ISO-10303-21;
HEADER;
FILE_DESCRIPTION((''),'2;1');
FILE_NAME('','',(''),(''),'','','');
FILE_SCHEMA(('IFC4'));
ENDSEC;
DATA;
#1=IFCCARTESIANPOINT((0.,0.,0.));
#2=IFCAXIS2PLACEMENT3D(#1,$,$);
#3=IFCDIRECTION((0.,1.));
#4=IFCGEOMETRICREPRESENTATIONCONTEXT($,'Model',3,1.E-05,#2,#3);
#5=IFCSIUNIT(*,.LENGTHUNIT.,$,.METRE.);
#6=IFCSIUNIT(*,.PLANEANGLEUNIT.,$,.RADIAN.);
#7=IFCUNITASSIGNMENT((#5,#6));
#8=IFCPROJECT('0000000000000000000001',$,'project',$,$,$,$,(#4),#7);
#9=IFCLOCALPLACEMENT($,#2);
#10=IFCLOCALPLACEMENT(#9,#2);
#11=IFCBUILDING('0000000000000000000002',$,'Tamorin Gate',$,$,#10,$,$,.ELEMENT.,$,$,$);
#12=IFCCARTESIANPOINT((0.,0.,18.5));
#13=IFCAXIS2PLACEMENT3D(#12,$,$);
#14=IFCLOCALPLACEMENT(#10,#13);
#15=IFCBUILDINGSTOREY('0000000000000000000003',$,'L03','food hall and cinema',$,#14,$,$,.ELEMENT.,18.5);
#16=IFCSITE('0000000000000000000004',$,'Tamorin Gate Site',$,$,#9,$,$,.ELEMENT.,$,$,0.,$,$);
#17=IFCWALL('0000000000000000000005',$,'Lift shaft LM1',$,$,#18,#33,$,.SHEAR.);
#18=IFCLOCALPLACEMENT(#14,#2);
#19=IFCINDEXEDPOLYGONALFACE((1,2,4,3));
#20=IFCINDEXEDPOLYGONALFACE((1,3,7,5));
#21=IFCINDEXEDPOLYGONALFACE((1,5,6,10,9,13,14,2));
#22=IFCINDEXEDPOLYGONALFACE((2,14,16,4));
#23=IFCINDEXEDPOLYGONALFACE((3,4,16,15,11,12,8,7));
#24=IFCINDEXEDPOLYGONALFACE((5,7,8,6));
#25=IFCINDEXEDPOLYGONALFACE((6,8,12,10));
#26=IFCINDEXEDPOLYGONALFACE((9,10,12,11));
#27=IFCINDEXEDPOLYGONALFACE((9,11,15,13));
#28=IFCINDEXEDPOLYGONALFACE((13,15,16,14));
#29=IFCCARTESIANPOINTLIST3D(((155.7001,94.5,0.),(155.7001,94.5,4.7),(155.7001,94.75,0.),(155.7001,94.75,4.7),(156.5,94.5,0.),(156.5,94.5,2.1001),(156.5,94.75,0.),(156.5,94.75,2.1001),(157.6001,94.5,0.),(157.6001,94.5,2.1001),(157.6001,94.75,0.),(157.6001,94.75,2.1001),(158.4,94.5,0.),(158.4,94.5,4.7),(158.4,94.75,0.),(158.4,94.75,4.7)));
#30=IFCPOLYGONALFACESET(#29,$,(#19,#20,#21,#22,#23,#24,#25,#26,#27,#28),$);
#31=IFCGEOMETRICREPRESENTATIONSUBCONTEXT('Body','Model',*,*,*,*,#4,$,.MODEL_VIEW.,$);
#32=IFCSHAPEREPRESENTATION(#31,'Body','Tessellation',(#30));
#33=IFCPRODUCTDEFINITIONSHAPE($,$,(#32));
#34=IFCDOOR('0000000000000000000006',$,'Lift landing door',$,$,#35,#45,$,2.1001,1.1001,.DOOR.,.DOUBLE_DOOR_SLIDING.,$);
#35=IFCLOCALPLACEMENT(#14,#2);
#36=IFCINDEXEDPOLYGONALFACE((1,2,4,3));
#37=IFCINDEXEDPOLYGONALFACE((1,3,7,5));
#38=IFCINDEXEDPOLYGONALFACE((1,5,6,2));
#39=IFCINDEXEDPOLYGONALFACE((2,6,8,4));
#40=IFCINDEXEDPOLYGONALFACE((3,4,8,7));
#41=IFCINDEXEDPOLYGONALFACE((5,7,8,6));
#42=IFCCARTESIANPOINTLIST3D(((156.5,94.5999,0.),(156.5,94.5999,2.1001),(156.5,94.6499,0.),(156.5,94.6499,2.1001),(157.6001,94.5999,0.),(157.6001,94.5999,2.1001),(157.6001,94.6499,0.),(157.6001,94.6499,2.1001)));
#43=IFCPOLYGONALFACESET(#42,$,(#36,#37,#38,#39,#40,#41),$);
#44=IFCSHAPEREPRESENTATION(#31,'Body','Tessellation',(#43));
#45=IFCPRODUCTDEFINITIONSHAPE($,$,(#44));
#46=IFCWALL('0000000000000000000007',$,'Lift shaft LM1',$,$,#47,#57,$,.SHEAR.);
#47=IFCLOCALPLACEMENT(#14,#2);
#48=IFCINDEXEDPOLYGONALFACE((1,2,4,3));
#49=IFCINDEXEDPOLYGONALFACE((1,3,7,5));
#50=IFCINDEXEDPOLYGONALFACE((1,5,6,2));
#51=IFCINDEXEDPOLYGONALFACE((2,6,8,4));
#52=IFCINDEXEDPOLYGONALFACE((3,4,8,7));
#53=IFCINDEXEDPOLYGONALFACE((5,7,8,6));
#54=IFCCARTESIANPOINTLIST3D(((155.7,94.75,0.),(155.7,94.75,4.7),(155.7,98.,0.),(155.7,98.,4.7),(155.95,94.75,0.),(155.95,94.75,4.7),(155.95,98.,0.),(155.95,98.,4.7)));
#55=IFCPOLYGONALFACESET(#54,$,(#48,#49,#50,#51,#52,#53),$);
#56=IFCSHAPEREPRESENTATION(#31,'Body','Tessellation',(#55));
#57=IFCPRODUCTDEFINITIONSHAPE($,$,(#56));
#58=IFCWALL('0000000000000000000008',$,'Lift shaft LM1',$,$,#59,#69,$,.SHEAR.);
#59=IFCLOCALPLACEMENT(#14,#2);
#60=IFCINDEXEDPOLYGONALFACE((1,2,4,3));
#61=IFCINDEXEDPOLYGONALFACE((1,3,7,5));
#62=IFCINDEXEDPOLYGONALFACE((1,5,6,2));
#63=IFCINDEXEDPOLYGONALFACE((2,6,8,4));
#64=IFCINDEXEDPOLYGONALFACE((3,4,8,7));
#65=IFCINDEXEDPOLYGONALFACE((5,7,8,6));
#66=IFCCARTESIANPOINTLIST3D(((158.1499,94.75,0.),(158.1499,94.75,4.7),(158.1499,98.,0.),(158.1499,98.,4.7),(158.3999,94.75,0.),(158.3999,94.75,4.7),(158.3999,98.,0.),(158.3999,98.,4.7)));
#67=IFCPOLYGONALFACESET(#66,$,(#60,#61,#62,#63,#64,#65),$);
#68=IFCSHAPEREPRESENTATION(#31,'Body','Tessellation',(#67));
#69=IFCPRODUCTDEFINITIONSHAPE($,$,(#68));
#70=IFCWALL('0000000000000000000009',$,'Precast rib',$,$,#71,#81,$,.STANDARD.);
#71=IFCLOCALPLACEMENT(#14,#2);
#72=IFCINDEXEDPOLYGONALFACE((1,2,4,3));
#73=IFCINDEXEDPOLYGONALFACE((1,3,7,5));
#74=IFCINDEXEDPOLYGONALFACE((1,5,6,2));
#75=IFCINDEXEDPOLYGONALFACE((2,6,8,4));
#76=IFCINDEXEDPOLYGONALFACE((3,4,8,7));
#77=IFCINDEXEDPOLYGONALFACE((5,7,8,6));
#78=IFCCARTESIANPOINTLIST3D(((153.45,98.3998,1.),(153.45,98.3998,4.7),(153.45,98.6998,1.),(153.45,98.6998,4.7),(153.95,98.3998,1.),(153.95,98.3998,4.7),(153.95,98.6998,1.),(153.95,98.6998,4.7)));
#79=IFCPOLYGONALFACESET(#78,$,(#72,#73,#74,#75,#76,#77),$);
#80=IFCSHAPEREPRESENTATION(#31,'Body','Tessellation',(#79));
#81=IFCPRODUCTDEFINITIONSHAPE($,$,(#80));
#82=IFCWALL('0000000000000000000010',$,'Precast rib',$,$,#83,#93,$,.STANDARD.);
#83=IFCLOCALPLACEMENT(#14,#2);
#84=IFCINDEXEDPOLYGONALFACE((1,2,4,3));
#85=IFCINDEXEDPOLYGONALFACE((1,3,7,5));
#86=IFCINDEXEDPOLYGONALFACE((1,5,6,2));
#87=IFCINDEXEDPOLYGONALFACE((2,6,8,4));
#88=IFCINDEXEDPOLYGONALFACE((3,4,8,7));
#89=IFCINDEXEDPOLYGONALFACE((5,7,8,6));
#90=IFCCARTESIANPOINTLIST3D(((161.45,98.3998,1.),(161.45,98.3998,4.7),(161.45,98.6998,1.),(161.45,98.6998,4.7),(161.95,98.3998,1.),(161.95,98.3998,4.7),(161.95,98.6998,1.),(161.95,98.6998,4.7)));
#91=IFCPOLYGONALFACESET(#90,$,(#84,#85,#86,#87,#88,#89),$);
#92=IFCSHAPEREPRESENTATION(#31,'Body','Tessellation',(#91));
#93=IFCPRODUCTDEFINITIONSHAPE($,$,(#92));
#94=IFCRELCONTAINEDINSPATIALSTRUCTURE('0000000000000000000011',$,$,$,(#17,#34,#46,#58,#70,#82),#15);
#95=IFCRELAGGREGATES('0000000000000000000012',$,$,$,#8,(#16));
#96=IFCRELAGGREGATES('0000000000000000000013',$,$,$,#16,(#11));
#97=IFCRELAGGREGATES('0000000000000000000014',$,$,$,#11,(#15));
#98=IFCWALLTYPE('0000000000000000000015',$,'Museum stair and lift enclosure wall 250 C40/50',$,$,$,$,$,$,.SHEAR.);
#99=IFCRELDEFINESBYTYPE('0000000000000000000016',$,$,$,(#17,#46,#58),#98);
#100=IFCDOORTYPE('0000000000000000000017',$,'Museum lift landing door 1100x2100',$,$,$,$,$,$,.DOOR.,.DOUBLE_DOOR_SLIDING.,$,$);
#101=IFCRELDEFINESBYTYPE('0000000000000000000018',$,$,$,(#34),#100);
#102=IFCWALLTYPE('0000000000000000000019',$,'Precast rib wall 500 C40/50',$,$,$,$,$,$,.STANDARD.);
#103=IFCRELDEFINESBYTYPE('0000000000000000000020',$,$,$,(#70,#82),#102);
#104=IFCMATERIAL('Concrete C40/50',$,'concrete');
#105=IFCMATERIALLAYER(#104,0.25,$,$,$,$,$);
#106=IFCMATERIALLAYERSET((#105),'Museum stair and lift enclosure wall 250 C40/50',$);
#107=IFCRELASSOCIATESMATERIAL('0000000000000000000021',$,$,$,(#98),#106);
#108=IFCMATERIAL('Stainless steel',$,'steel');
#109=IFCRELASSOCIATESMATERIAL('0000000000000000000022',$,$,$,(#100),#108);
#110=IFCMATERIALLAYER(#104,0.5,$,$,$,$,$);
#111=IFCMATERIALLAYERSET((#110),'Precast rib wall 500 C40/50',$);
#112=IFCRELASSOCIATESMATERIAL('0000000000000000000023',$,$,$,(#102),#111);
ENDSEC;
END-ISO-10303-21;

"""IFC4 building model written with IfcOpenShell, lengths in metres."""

from ifc_helpers import new_model, si_unit, direction, frame, frame_2d, origin, place, context, subcontext, project, spatial, rectangle, extrude, material, layer, layer_set, type_object, element, fill, save


model = new_model("IFC4")

# Units and contexts
model_context = context("Model", 3, precision=1e-05, world=origin(), true_north=direction((0.0, 1.0)))
body_context = subcontext(model_context, "Body", "Model", "MODEL_VIEW")
ifc_project = project(units=[si_unit("LENGTHUNIT", "METRE"), si_unit("PLANEANGLEUNIT", "RADIAN")], contexts=[model_context])

# Site, building, storey
site_placement = place(None, origin())
site = spatial("IfcSite", under=ifc_project, at=site_placement, Name="Tamorin Gate Site", CompositionType="ELEMENT", RefElevation=0.0)
building_placement = place(site_placement, origin())
building = spatial("IfcBuilding", under=site, at=building_placement, Name="Tamorin Gate", CompositionType="ELEMENT")
storey_placement = place(building_placement, frame((0.0, 0.0, 18.5)))
storey = spatial("IfcBuildingStorey", under=building, at=storey_placement, Name="L03", Description="food hall and cinema", CompositionType="ELEMENT", Elevation=18.5)

# Wall, opening, door
ifc_material_1 = material(Name="Concrete C40/50", Category="concrete")
ifc_layer_1 = layer(ifc_material_1, 0.25)
ifc_layer_set_1 = layer_set([ifc_layer_1], Name="Museum stair and lift enclosure wall 250 C40/50")
wall_type_1 = type_object("IfcWallType", Name="Museum stair and lift enclosure wall 250 C40/50", PredefinedType="SHEAR", material=ifc_layer_set_1)
wall_1_placement = place(storey_placement, frame((155.7, 94.625, 0.0), z_axis=(0.0, 0.0, 1.0), x_axis=(1.0, 0.0, 0.0)))
wall_1 = element("IfcWall", 1, at=wall_1_placement, inside=storey, type_object=wall_type_1, Name="Lift shaft LM1", PredefinedType="SHEAR", context=body_context, shape_type="SweptSolid", body=[
    extrude(rectangle(XDim=2.7, YDim=0.25, at=frame_2d((1.3501, 0.0))), origin(), (0.0, 0.0, 1.0), 4.7),
])
opening_1_placement = place(wall_1_placement, frame((0.8, 0.0, 0.0)))
opening_1 = element("IfcOpeningElement", 2, at=opening_1_placement, cuts=wall_1, PredefinedType="OPENING", context=body_context, shape_type="SweptSolid", body=[
    extrude(rectangle(XDim=1.1001, YDim=2.1001, at=frame_2d((0.55, 1.05))), frame((0.0, 0.135, 0.0), z_axis=(0.0, -1.0, 0.0), x_axis=(1.0, 0.0, 0.0)), (0.0, 0.0, 1.0), 0.27),
])
ifc_material_2 = material(Name="Stainless steel", Category="steel")
door_type_1 = type_object("IfcDoorType", Name="Museum lift landing door 1100x2100", OperationType="DOUBLE_DOOR_SLIDING", PredefinedType="DOOR", material=ifc_material_2)
door_1_placement = place(opening_1_placement, origin())
door_1 = element("IfcDoor", 3, at=door_1_placement, inside=storey, type_object=door_type_1, Name="Lift landing door", OperationType="DOUBLE_DOOR_SLIDING", OverallHeight=2.1001, OverallWidth=1.1001, PredefinedType="DOOR", context=body_context, shape_type="SweptSolid", body=[
    extrude(rectangle(XDim=1.1001, YDim=2.1001, at=frame_2d((0.55, 1.05))), frame((0.0, 0.0249, 0.0), z_axis=(0.0, -1.0, 0.0), x_axis=(1.0, 0.0, 0.0)), (0.0, 0.0, 1.0), 0.05),
])
fill(opening_1, door_1)

# Walls
for number, where, z_axis, x_axis, name in (
    (4, (155.825, 94.75, 0.0), (0.0, 0.0, 1.0), (0.0, 1.0, 0.0), "Lift shaft LM1"),
    (5, (158.2749, 94.75, 0.0), (0.0, 0.0, 1.0), (0.0, 1.0, 0.0), "Lift shaft LM1"),
):
    element("IfcWall", number, at=place(storey_placement, frame(where, z_axis=z_axis, x_axis=x_axis)), inside=storey, type_object=wall_type_1, Name=name, PredefinedType="SHEAR", context=body_context, shape_type="SweptSolid", body=[
        extrude(rectangle(XDim=3.25, YDim=0.25, at=frame_2d((1.625, 0.0))), origin(), (0.0, 0.0, 1.0), 4.7),
    ])
ifc_layer_2 = layer(ifc_material_1, 0.5)
ifc_layer_set_2 = layer_set([ifc_layer_2], Name="Precast rib wall 500 C40/50")
wall_type_2 = type_object("IfcWallType", Name="Precast rib wall 500 C40/50", PredefinedType="STANDARD", material=ifc_layer_set_2)
for number, where, z_axis, x_axis, name in (
    (6, (153.7, 98.3999, 1.0), (0.0, 0.0, 1.0), (0.0, 1.0, 0.0), "Precast rib"),
    (7, (161.7, 98.3999, 1.0), (0.0, 0.0, 1.0), (0.0, 1.0, 0.0), "Precast rib"),
):
    element("IfcWall", number, at=place(storey_placement, frame(where, z_axis=z_axis, x_axis=x_axis)), inside=storey, type_object=wall_type_2, Name=name, PredefinedType="STANDARD", context=body_context, shape_type="SweptSolid", body=[
        extrude(rectangle(XDim=0.3, YDim=0.5, at=frame_2d((0.1499, 0.0))), origin(), (0.0, 0.0, 1.0), 3.7),
    ])

save(model, "model.ifc")
